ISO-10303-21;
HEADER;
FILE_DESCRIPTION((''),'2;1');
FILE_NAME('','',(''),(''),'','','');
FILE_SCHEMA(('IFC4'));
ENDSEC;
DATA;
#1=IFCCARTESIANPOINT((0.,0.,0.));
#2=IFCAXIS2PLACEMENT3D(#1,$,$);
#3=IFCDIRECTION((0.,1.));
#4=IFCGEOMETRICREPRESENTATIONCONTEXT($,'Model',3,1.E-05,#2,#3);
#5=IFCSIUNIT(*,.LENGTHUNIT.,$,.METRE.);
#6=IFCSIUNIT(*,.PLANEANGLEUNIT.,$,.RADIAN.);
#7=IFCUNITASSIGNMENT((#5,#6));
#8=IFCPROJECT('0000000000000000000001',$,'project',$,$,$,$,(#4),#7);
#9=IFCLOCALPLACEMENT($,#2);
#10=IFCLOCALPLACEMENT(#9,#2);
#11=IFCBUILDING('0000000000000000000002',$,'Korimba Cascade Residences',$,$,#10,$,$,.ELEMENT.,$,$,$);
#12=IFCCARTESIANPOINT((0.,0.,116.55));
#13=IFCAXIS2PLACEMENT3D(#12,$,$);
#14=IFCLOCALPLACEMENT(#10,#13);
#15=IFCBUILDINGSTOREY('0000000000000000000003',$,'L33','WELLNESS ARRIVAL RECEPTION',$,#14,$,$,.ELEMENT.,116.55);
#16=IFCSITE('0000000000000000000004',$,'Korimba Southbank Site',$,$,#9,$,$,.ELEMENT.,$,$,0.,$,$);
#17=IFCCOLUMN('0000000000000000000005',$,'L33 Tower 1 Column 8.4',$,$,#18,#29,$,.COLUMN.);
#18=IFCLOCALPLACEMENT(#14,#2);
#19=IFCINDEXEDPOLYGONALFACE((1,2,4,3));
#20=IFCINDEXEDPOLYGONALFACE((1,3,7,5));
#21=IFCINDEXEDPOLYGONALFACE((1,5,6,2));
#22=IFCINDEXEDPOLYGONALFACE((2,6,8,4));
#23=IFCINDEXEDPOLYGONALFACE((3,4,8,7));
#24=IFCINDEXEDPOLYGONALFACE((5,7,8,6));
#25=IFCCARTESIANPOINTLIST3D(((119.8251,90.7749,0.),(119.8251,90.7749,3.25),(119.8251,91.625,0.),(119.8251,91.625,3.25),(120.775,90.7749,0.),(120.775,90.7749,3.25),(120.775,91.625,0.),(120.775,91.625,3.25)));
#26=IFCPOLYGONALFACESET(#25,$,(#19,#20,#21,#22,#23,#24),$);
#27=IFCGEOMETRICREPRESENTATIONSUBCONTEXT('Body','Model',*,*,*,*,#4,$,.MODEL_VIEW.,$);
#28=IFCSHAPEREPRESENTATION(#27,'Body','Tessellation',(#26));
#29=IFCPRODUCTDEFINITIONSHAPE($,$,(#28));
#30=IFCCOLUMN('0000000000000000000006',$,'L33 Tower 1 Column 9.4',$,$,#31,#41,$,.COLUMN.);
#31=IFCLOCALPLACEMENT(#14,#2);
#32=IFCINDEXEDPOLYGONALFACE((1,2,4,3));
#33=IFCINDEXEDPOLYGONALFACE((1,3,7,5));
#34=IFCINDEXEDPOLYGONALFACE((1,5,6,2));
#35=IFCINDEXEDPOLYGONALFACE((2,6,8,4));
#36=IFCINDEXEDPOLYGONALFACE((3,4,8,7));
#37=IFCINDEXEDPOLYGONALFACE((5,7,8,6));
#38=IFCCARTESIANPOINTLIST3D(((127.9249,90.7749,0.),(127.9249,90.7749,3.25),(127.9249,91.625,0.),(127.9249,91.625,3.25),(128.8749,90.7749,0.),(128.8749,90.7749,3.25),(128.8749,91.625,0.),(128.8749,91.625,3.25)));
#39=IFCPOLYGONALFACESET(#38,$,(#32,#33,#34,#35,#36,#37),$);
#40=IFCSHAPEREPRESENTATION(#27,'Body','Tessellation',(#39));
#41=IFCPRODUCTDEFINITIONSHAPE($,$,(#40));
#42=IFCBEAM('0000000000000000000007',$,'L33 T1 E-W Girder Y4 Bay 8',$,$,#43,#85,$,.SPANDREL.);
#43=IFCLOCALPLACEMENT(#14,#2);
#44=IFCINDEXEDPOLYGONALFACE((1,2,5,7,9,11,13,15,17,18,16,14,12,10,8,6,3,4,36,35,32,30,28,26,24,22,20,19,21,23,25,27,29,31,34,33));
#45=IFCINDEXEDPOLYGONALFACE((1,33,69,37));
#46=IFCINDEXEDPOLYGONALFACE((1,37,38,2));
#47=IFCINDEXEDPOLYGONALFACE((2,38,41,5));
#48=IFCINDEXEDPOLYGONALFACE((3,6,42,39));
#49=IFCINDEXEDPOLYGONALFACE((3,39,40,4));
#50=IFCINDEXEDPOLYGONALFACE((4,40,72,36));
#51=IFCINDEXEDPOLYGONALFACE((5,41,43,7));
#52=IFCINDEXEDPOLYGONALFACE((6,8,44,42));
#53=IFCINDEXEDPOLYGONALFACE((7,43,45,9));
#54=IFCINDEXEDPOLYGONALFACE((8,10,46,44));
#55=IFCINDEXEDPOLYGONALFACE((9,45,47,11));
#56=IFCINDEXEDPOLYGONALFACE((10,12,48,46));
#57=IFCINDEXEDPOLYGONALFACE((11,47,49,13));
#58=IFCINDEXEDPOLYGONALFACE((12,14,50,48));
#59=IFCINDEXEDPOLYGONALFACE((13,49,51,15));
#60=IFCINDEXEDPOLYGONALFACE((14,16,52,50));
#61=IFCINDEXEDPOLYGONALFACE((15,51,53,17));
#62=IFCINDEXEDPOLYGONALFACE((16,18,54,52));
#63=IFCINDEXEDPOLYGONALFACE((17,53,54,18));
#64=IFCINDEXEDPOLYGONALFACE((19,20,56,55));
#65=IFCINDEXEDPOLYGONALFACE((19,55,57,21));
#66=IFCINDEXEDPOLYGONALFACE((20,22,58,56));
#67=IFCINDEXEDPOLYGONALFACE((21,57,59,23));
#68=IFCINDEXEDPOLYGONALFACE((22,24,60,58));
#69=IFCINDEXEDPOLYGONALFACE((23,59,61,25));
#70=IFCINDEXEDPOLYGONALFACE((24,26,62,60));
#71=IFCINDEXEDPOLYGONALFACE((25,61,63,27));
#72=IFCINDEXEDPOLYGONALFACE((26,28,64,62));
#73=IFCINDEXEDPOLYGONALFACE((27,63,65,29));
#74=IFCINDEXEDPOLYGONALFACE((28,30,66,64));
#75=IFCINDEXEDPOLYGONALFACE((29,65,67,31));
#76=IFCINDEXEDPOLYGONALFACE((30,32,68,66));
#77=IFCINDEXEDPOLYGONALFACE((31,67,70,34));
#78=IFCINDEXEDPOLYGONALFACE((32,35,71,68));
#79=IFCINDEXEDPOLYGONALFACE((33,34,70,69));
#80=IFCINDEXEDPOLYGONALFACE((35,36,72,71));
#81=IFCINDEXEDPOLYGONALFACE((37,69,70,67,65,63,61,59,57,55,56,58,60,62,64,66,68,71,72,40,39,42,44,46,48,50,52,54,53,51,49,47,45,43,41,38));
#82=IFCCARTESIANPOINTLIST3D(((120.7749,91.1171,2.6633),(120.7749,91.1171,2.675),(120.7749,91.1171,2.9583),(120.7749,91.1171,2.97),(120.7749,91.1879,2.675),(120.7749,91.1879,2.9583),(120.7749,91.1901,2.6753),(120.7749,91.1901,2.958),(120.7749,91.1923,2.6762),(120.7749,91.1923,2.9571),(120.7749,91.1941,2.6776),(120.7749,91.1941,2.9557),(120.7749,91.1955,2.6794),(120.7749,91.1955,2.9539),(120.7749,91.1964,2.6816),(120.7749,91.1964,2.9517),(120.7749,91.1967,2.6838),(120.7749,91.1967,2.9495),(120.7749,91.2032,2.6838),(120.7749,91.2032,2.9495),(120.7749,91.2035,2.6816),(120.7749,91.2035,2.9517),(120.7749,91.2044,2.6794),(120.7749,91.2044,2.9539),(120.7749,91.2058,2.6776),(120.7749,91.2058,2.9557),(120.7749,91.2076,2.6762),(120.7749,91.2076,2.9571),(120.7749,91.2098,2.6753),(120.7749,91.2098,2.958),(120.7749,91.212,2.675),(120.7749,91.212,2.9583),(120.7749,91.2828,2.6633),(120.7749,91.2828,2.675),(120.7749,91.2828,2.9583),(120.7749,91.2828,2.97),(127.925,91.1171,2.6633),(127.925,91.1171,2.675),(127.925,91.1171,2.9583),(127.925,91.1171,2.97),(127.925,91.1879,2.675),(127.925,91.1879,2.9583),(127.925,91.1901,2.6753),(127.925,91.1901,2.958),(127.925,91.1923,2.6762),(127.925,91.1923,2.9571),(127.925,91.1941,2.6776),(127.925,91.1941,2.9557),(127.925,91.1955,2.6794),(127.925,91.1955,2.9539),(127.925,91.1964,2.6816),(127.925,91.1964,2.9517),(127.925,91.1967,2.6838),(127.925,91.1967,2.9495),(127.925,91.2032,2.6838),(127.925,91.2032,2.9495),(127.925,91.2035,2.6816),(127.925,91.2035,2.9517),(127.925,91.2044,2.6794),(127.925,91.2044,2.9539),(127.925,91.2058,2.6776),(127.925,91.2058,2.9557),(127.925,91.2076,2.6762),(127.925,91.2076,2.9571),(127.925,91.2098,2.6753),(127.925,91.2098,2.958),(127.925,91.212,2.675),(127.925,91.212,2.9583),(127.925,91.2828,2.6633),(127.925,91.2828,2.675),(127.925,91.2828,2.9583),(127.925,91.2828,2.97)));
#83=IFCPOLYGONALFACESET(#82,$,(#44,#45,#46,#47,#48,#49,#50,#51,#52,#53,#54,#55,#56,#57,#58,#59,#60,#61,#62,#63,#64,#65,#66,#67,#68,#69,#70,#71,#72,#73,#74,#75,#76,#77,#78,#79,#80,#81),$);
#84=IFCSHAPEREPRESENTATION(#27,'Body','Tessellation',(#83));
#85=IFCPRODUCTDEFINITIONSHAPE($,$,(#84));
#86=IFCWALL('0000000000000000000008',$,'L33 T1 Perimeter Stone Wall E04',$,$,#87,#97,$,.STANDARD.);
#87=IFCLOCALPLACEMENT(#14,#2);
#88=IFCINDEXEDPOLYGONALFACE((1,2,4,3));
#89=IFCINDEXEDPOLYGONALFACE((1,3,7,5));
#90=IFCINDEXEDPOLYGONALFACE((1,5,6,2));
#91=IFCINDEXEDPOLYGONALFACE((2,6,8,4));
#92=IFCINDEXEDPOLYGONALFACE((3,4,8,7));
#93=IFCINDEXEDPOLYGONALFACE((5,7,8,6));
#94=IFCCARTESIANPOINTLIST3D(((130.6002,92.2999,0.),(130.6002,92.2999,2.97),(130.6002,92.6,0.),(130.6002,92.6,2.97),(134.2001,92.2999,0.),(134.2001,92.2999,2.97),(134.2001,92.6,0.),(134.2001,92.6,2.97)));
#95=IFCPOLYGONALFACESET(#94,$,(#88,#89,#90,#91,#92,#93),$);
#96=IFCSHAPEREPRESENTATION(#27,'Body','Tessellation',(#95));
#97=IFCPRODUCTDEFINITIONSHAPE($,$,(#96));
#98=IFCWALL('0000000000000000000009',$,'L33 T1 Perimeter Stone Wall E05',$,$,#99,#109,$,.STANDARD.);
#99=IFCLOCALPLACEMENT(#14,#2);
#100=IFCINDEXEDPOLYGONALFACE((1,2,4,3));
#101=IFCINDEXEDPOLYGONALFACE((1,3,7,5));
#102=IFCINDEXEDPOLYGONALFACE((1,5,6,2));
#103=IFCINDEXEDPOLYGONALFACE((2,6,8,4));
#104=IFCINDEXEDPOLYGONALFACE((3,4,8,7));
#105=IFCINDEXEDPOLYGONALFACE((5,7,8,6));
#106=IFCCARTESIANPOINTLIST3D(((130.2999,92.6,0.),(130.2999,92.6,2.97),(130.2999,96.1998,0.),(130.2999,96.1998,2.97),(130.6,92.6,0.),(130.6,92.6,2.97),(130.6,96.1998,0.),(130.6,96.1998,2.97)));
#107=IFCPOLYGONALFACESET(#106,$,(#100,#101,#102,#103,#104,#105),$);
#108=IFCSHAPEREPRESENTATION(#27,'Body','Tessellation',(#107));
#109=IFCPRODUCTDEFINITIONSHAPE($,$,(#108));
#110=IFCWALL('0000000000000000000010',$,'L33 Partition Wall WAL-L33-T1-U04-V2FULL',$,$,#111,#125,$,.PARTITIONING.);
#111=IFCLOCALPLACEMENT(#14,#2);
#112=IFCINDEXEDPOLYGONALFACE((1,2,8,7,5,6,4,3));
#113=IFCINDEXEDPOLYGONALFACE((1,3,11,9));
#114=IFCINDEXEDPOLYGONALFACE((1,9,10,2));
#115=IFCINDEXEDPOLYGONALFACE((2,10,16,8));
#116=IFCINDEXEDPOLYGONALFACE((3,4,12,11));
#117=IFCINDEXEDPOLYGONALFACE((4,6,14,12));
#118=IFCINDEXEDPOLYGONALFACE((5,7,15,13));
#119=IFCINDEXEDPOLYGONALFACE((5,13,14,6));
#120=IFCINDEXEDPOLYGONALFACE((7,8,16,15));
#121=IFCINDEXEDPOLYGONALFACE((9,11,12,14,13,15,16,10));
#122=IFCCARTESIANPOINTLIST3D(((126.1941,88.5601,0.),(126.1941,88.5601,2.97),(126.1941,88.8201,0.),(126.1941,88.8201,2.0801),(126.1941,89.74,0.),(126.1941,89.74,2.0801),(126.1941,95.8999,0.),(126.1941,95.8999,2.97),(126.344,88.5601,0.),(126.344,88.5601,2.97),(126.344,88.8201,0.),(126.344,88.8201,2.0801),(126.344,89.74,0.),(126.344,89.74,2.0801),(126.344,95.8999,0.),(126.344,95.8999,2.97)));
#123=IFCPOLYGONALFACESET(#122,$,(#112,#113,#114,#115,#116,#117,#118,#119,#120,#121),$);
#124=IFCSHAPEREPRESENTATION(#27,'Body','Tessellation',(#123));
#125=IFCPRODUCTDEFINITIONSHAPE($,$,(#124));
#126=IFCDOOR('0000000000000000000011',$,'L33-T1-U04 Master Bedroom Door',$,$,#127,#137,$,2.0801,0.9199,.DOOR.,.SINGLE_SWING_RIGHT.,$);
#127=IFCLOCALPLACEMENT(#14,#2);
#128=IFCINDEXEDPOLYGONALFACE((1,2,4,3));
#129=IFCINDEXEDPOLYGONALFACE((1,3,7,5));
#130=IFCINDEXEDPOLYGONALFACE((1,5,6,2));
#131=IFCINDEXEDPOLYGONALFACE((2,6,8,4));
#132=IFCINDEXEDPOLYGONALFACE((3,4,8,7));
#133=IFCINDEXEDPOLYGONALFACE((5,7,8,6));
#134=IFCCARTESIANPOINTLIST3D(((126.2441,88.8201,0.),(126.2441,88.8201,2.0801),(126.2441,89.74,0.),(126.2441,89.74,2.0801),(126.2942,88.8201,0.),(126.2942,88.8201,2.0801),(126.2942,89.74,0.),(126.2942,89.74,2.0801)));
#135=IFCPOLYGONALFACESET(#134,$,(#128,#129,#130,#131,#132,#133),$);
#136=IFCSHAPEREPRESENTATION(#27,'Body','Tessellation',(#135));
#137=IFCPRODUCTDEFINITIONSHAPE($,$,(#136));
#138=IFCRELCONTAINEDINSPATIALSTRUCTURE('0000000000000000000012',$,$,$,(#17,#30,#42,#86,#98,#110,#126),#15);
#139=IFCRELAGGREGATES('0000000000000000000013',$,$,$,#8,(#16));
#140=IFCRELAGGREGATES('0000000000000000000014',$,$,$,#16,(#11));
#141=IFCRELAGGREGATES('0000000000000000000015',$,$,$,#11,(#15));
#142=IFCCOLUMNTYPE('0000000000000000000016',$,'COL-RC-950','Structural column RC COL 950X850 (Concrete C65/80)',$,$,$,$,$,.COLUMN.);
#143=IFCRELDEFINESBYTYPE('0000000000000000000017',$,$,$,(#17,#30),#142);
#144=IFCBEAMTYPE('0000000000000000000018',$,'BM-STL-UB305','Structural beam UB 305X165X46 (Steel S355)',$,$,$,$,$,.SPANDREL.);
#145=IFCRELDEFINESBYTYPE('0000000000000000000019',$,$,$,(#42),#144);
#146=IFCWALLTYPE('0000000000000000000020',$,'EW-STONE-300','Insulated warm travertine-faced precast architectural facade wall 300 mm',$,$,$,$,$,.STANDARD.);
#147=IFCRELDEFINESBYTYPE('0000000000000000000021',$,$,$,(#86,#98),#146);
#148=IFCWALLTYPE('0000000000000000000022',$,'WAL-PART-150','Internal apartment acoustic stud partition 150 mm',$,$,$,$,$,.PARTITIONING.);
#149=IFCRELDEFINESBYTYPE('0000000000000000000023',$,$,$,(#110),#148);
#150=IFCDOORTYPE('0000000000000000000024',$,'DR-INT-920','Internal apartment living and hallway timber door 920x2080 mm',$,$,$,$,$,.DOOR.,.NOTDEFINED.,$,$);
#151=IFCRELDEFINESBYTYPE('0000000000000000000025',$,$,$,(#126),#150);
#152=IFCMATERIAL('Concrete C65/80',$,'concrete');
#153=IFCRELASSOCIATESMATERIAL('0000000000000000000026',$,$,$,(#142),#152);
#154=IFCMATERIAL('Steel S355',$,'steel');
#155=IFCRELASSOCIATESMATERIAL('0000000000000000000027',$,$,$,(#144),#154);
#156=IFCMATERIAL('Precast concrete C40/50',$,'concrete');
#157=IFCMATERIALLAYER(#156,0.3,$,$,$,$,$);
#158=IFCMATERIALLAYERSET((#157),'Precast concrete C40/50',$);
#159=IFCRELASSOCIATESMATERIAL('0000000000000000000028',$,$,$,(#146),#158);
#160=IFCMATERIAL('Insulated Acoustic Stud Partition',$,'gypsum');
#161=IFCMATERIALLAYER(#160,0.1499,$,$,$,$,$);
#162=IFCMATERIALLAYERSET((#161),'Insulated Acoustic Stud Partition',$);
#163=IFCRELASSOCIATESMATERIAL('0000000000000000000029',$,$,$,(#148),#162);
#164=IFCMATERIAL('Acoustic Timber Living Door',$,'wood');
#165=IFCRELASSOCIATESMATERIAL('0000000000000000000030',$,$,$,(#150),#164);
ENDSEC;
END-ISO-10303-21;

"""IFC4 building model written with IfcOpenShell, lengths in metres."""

from ifc_helpers import new_model, si_unit, direction, frame, frame_2d, origin, origin_2d, place, context, subcontext, project, spatial, rectangle, i_section, extrude, material, layer, layer_set, material_profile, profile_set, type_object, element, fill, save


model = new_model("IFC4")

# Units and contexts
model_context = context("Model", 3, precision=1e-05, world=origin(), true_north=direction((0.0, 1.0)))
body_context = subcontext(model_context, "Body", "Model", "MODEL_VIEW")
ifc_project = project(units=[si_unit("LENGTHUNIT", "METRE"), si_unit("PLANEANGLEUNIT", "RADIAN")], contexts=[model_context])

# Site, building, storey
site_placement = place(None, origin())
site = spatial("IfcSite", under=ifc_project, at=site_placement, Name="Korimba Southbank Site", CompositionType="ELEMENT", RefElevation=0.0)
building_placement = place(site_placement, origin())
building = spatial("IfcBuilding", under=site, at=building_placement, Name="Korimba Cascade Residences", CompositionType="ELEMENT")
storey_placement = place(building_placement, frame((0.0, 0.0, 116.55)))
storey = spatial("IfcBuildingStorey", under=building, at=storey_placement, Name="L33", Description="WELLNESS ARRIVAL RECEPTION", CompositionType="ELEMENT", Elevation=116.55)

# Columns
ifc_material_1 = material(Name="Concrete C65/80", Category="concrete")
ifc_material_profile_1 = material_profile(ifc_material_1, rectangle(XDim=0.95, YDim=0.8501, at=origin_2d()), Name="Concrete C65/80")
ifc_profile_set_1 = profile_set([ifc_material_profile_1], Name="Concrete C65/80")
column_type = type_object("IfcColumnType", Name="COL-RC-950", Description="Structural column RC COL 950X850 (Concrete C65/80)", PredefinedType="COLUMN", material=ifc_profile_set_1)
for number, where, z_axis, x_axis, name in (
    (1, (120.3, 91.2, 0.0), (0.0, 0.0, 1.0), (1.0, 0.0, 0.0), "L33 Tower 1 Column 8.4"),
    (2, (128.3999, 91.2, 0.0), (0.0, 0.0, 1.0), (1.0, 0.0, 0.0), "L33 Tower 1 Column 9.4"),
):
    element("IfcColumn", number, at=place(storey_placement, frame(where, z_axis=z_axis, x_axis=x_axis)), inside=storey, type_object=column_type, Name=name, PredefinedType="COLUMN", context=body_context, shape_type="SweptSolid", body=[
        extrude(rectangle(XDim=0.95, YDim=0.8501, at=origin_2d()), origin(), (0.0, 0.0, 1.0), 3.25),
    ])

# Beam
ifc_material_2 = material(Name="Steel S355", Category="steel")
ifc_material_profile_2 = material_profile(ifc_material_2, i_section(OverallWidth=0.1658, OverallDepth=0.3066, WebThickness=0.0066, FlangeThickness=0.0117, FilletRadius=0.0088, at=origin_2d()), Name="Steel S355")
ifc_profile_set_2 = profile_set([ifc_material_profile_2], Name="Steel S355")
beam_type = type_object("IfcBeamType", Name="BM-STL-UB305", Description="Structural beam UB 305X165X46 (Steel S355)", PredefinedType="SPANDREL", material=ifc_profile_set_2)
beam_placement = place(storey_placement, frame((120.7749, 91.2, 2.8167), z_axis=(1.0, 0.0, 0.0), x_axis=(0.0, 1.0, 0.0)))
element("IfcBeam", 3, at=beam_placement, inside=storey, type_object=beam_type, Name="L33 T1 E-W Girder Y4 Bay 8", PredefinedType="SPANDREL", context=body_context, shape_type="SweptSolid", body=[
    extrude(i_section(OverallWidth=0.1658, OverallDepth=0.3066, WebThickness=0.0066, FlangeThickness=0.0117, FilletRadius=0.0088, at=origin_2d()), origin(), (0.0, 0.0, 1.0), 7.1501),
])

# Shared definitions
ifc_material_3 = material(Name="Precast concrete C40/50", Category="concrete")

# Walls
ifc_layer_1 = layer(ifc_material_3, 0.3)
ifc_layer_set_1 = layer_set([ifc_layer_1], Name="Precast concrete C40/50")
wall_type_1 = type_object("IfcWallType", Name="EW-STONE-300", Description="Insulated warm travertine-faced precast architectural facade wall 300 mm", PredefinedType="STANDARD", material=ifc_layer_set_1)
for number, where, z_axis, x_axis, name in (
    (4, (134.2, 92.45, 0.0), (0.0, 0.0, 1.0), (-1.0, 0.0, 0.0), "L33 T1 Perimeter Stone Wall E04"),
    (5, (130.45, 92.6001, 0.0), (0.0, 0.0, 1.0), (0.0, 1.0, 0.0), "L33 T1 Perimeter Stone Wall E05"),
):
    element("IfcWall", number, at=place(storey_placement, frame(where, z_axis=z_axis, x_axis=x_axis)), inside=storey, type_object=wall_type_1, Name=name, PredefinedType="STANDARD", context=body_context, shape_type="SweptSolid", body=[
        extrude(rectangle(XDim=3.5999, YDim=0.3, at=frame_2d((1.7998, 0.0))), origin(), (0.0, 0.0, 1.0), 2.97),
    ])

# Wall, opening, door
ifc_material_4 = material(Name="Insulated Acoustic Stud Partition", Category="gypsum")
ifc_layer_2 = layer(ifc_material_4, 0.1499)
ifc_layer_set_2 = layer_set([ifc_layer_2], Name="Insulated Acoustic Stud Partition")
wall_type_2 = type_object("IfcWallType", Name="WAL-PART-150", Description="Internal apartment acoustic stud partition 150 mm", PredefinedType="PARTITIONING", material=ifc_layer_set_2)
wall_1_placement = place(storey_placement, frame((126.269, 88.5601, 0.0), z_axis=(0.0, 0.0, 1.0), x_axis=(0.0, 1.0, 0.0)))
wall_1 = element("IfcWall", 6, at=wall_1_placement, inside=storey, type_object=wall_type_2, Name="L33 Partition Wall WAL-L33-T1-U04-V2FULL", PredefinedType="PARTITIONING", context=body_context, shape_type="SweptSolid", body=[
    extrude(rectangle(XDim=7.3398, YDim=0.1499, at=frame_2d((3.6699, 0.0))), origin(), (0.0, 0.0, 1.0), 2.97),
])
opening_1_placement = place(wall_1_placement, frame((0.26, 0.0, 0.0)))
opening_1 = element("IfcOpeningElement", 7, at=opening_1_placement, cuts=wall_1, PredefinedType="OPENING", context=body_context, shape_type="SweptSolid", body=[
    extrude(rectangle(XDim=0.9199, YDim=2.0801, at=frame_2d((0.46, 1.04))), frame((0.0, 0.085, 0.0), z_axis=(0.0, -1.0, 0.0), x_axis=(1.0, 0.0, 0.0)), (0.0, 0.0, 1.0), 0.1699),
])
ifc_material_5 = material(Name="Acoustic Timber Living Door", Category="wood")
door_type_1 = type_object("IfcDoorType", Name="DR-INT-920", Description="Internal apartment living and hallway timber door 920x2080 mm", OperationType="NOTDEFINED", PredefinedType="DOOR", material=ifc_material_5)
door_1_placement = place(opening_1_placement, origin())
door_1 = element("IfcDoor", 8, at=door_1_placement, inside=storey, type_object=door_type_1, Name="L33-T1-U04 Master Bedroom Door", OperationType="SINGLE_SWING_RIGHT", OverallHeight=2.0801, OverallWidth=0.9199, PredefinedType="DOOR", context=body_context, shape_type="SweptSolid", body=[
    extrude(rectangle(XDim=0.9199, YDim=2.0801, at=frame_2d((0.46, 1.04))), frame((0.0, 0.0249, 0.0), z_axis=(0.0, -1.0, 0.0), x_axis=(1.0, 0.0, 0.0)), (0.0, 0.0, 1.0), 0.05),
])
fill(opening_1, door_1)

save(model, "model.ifc")
